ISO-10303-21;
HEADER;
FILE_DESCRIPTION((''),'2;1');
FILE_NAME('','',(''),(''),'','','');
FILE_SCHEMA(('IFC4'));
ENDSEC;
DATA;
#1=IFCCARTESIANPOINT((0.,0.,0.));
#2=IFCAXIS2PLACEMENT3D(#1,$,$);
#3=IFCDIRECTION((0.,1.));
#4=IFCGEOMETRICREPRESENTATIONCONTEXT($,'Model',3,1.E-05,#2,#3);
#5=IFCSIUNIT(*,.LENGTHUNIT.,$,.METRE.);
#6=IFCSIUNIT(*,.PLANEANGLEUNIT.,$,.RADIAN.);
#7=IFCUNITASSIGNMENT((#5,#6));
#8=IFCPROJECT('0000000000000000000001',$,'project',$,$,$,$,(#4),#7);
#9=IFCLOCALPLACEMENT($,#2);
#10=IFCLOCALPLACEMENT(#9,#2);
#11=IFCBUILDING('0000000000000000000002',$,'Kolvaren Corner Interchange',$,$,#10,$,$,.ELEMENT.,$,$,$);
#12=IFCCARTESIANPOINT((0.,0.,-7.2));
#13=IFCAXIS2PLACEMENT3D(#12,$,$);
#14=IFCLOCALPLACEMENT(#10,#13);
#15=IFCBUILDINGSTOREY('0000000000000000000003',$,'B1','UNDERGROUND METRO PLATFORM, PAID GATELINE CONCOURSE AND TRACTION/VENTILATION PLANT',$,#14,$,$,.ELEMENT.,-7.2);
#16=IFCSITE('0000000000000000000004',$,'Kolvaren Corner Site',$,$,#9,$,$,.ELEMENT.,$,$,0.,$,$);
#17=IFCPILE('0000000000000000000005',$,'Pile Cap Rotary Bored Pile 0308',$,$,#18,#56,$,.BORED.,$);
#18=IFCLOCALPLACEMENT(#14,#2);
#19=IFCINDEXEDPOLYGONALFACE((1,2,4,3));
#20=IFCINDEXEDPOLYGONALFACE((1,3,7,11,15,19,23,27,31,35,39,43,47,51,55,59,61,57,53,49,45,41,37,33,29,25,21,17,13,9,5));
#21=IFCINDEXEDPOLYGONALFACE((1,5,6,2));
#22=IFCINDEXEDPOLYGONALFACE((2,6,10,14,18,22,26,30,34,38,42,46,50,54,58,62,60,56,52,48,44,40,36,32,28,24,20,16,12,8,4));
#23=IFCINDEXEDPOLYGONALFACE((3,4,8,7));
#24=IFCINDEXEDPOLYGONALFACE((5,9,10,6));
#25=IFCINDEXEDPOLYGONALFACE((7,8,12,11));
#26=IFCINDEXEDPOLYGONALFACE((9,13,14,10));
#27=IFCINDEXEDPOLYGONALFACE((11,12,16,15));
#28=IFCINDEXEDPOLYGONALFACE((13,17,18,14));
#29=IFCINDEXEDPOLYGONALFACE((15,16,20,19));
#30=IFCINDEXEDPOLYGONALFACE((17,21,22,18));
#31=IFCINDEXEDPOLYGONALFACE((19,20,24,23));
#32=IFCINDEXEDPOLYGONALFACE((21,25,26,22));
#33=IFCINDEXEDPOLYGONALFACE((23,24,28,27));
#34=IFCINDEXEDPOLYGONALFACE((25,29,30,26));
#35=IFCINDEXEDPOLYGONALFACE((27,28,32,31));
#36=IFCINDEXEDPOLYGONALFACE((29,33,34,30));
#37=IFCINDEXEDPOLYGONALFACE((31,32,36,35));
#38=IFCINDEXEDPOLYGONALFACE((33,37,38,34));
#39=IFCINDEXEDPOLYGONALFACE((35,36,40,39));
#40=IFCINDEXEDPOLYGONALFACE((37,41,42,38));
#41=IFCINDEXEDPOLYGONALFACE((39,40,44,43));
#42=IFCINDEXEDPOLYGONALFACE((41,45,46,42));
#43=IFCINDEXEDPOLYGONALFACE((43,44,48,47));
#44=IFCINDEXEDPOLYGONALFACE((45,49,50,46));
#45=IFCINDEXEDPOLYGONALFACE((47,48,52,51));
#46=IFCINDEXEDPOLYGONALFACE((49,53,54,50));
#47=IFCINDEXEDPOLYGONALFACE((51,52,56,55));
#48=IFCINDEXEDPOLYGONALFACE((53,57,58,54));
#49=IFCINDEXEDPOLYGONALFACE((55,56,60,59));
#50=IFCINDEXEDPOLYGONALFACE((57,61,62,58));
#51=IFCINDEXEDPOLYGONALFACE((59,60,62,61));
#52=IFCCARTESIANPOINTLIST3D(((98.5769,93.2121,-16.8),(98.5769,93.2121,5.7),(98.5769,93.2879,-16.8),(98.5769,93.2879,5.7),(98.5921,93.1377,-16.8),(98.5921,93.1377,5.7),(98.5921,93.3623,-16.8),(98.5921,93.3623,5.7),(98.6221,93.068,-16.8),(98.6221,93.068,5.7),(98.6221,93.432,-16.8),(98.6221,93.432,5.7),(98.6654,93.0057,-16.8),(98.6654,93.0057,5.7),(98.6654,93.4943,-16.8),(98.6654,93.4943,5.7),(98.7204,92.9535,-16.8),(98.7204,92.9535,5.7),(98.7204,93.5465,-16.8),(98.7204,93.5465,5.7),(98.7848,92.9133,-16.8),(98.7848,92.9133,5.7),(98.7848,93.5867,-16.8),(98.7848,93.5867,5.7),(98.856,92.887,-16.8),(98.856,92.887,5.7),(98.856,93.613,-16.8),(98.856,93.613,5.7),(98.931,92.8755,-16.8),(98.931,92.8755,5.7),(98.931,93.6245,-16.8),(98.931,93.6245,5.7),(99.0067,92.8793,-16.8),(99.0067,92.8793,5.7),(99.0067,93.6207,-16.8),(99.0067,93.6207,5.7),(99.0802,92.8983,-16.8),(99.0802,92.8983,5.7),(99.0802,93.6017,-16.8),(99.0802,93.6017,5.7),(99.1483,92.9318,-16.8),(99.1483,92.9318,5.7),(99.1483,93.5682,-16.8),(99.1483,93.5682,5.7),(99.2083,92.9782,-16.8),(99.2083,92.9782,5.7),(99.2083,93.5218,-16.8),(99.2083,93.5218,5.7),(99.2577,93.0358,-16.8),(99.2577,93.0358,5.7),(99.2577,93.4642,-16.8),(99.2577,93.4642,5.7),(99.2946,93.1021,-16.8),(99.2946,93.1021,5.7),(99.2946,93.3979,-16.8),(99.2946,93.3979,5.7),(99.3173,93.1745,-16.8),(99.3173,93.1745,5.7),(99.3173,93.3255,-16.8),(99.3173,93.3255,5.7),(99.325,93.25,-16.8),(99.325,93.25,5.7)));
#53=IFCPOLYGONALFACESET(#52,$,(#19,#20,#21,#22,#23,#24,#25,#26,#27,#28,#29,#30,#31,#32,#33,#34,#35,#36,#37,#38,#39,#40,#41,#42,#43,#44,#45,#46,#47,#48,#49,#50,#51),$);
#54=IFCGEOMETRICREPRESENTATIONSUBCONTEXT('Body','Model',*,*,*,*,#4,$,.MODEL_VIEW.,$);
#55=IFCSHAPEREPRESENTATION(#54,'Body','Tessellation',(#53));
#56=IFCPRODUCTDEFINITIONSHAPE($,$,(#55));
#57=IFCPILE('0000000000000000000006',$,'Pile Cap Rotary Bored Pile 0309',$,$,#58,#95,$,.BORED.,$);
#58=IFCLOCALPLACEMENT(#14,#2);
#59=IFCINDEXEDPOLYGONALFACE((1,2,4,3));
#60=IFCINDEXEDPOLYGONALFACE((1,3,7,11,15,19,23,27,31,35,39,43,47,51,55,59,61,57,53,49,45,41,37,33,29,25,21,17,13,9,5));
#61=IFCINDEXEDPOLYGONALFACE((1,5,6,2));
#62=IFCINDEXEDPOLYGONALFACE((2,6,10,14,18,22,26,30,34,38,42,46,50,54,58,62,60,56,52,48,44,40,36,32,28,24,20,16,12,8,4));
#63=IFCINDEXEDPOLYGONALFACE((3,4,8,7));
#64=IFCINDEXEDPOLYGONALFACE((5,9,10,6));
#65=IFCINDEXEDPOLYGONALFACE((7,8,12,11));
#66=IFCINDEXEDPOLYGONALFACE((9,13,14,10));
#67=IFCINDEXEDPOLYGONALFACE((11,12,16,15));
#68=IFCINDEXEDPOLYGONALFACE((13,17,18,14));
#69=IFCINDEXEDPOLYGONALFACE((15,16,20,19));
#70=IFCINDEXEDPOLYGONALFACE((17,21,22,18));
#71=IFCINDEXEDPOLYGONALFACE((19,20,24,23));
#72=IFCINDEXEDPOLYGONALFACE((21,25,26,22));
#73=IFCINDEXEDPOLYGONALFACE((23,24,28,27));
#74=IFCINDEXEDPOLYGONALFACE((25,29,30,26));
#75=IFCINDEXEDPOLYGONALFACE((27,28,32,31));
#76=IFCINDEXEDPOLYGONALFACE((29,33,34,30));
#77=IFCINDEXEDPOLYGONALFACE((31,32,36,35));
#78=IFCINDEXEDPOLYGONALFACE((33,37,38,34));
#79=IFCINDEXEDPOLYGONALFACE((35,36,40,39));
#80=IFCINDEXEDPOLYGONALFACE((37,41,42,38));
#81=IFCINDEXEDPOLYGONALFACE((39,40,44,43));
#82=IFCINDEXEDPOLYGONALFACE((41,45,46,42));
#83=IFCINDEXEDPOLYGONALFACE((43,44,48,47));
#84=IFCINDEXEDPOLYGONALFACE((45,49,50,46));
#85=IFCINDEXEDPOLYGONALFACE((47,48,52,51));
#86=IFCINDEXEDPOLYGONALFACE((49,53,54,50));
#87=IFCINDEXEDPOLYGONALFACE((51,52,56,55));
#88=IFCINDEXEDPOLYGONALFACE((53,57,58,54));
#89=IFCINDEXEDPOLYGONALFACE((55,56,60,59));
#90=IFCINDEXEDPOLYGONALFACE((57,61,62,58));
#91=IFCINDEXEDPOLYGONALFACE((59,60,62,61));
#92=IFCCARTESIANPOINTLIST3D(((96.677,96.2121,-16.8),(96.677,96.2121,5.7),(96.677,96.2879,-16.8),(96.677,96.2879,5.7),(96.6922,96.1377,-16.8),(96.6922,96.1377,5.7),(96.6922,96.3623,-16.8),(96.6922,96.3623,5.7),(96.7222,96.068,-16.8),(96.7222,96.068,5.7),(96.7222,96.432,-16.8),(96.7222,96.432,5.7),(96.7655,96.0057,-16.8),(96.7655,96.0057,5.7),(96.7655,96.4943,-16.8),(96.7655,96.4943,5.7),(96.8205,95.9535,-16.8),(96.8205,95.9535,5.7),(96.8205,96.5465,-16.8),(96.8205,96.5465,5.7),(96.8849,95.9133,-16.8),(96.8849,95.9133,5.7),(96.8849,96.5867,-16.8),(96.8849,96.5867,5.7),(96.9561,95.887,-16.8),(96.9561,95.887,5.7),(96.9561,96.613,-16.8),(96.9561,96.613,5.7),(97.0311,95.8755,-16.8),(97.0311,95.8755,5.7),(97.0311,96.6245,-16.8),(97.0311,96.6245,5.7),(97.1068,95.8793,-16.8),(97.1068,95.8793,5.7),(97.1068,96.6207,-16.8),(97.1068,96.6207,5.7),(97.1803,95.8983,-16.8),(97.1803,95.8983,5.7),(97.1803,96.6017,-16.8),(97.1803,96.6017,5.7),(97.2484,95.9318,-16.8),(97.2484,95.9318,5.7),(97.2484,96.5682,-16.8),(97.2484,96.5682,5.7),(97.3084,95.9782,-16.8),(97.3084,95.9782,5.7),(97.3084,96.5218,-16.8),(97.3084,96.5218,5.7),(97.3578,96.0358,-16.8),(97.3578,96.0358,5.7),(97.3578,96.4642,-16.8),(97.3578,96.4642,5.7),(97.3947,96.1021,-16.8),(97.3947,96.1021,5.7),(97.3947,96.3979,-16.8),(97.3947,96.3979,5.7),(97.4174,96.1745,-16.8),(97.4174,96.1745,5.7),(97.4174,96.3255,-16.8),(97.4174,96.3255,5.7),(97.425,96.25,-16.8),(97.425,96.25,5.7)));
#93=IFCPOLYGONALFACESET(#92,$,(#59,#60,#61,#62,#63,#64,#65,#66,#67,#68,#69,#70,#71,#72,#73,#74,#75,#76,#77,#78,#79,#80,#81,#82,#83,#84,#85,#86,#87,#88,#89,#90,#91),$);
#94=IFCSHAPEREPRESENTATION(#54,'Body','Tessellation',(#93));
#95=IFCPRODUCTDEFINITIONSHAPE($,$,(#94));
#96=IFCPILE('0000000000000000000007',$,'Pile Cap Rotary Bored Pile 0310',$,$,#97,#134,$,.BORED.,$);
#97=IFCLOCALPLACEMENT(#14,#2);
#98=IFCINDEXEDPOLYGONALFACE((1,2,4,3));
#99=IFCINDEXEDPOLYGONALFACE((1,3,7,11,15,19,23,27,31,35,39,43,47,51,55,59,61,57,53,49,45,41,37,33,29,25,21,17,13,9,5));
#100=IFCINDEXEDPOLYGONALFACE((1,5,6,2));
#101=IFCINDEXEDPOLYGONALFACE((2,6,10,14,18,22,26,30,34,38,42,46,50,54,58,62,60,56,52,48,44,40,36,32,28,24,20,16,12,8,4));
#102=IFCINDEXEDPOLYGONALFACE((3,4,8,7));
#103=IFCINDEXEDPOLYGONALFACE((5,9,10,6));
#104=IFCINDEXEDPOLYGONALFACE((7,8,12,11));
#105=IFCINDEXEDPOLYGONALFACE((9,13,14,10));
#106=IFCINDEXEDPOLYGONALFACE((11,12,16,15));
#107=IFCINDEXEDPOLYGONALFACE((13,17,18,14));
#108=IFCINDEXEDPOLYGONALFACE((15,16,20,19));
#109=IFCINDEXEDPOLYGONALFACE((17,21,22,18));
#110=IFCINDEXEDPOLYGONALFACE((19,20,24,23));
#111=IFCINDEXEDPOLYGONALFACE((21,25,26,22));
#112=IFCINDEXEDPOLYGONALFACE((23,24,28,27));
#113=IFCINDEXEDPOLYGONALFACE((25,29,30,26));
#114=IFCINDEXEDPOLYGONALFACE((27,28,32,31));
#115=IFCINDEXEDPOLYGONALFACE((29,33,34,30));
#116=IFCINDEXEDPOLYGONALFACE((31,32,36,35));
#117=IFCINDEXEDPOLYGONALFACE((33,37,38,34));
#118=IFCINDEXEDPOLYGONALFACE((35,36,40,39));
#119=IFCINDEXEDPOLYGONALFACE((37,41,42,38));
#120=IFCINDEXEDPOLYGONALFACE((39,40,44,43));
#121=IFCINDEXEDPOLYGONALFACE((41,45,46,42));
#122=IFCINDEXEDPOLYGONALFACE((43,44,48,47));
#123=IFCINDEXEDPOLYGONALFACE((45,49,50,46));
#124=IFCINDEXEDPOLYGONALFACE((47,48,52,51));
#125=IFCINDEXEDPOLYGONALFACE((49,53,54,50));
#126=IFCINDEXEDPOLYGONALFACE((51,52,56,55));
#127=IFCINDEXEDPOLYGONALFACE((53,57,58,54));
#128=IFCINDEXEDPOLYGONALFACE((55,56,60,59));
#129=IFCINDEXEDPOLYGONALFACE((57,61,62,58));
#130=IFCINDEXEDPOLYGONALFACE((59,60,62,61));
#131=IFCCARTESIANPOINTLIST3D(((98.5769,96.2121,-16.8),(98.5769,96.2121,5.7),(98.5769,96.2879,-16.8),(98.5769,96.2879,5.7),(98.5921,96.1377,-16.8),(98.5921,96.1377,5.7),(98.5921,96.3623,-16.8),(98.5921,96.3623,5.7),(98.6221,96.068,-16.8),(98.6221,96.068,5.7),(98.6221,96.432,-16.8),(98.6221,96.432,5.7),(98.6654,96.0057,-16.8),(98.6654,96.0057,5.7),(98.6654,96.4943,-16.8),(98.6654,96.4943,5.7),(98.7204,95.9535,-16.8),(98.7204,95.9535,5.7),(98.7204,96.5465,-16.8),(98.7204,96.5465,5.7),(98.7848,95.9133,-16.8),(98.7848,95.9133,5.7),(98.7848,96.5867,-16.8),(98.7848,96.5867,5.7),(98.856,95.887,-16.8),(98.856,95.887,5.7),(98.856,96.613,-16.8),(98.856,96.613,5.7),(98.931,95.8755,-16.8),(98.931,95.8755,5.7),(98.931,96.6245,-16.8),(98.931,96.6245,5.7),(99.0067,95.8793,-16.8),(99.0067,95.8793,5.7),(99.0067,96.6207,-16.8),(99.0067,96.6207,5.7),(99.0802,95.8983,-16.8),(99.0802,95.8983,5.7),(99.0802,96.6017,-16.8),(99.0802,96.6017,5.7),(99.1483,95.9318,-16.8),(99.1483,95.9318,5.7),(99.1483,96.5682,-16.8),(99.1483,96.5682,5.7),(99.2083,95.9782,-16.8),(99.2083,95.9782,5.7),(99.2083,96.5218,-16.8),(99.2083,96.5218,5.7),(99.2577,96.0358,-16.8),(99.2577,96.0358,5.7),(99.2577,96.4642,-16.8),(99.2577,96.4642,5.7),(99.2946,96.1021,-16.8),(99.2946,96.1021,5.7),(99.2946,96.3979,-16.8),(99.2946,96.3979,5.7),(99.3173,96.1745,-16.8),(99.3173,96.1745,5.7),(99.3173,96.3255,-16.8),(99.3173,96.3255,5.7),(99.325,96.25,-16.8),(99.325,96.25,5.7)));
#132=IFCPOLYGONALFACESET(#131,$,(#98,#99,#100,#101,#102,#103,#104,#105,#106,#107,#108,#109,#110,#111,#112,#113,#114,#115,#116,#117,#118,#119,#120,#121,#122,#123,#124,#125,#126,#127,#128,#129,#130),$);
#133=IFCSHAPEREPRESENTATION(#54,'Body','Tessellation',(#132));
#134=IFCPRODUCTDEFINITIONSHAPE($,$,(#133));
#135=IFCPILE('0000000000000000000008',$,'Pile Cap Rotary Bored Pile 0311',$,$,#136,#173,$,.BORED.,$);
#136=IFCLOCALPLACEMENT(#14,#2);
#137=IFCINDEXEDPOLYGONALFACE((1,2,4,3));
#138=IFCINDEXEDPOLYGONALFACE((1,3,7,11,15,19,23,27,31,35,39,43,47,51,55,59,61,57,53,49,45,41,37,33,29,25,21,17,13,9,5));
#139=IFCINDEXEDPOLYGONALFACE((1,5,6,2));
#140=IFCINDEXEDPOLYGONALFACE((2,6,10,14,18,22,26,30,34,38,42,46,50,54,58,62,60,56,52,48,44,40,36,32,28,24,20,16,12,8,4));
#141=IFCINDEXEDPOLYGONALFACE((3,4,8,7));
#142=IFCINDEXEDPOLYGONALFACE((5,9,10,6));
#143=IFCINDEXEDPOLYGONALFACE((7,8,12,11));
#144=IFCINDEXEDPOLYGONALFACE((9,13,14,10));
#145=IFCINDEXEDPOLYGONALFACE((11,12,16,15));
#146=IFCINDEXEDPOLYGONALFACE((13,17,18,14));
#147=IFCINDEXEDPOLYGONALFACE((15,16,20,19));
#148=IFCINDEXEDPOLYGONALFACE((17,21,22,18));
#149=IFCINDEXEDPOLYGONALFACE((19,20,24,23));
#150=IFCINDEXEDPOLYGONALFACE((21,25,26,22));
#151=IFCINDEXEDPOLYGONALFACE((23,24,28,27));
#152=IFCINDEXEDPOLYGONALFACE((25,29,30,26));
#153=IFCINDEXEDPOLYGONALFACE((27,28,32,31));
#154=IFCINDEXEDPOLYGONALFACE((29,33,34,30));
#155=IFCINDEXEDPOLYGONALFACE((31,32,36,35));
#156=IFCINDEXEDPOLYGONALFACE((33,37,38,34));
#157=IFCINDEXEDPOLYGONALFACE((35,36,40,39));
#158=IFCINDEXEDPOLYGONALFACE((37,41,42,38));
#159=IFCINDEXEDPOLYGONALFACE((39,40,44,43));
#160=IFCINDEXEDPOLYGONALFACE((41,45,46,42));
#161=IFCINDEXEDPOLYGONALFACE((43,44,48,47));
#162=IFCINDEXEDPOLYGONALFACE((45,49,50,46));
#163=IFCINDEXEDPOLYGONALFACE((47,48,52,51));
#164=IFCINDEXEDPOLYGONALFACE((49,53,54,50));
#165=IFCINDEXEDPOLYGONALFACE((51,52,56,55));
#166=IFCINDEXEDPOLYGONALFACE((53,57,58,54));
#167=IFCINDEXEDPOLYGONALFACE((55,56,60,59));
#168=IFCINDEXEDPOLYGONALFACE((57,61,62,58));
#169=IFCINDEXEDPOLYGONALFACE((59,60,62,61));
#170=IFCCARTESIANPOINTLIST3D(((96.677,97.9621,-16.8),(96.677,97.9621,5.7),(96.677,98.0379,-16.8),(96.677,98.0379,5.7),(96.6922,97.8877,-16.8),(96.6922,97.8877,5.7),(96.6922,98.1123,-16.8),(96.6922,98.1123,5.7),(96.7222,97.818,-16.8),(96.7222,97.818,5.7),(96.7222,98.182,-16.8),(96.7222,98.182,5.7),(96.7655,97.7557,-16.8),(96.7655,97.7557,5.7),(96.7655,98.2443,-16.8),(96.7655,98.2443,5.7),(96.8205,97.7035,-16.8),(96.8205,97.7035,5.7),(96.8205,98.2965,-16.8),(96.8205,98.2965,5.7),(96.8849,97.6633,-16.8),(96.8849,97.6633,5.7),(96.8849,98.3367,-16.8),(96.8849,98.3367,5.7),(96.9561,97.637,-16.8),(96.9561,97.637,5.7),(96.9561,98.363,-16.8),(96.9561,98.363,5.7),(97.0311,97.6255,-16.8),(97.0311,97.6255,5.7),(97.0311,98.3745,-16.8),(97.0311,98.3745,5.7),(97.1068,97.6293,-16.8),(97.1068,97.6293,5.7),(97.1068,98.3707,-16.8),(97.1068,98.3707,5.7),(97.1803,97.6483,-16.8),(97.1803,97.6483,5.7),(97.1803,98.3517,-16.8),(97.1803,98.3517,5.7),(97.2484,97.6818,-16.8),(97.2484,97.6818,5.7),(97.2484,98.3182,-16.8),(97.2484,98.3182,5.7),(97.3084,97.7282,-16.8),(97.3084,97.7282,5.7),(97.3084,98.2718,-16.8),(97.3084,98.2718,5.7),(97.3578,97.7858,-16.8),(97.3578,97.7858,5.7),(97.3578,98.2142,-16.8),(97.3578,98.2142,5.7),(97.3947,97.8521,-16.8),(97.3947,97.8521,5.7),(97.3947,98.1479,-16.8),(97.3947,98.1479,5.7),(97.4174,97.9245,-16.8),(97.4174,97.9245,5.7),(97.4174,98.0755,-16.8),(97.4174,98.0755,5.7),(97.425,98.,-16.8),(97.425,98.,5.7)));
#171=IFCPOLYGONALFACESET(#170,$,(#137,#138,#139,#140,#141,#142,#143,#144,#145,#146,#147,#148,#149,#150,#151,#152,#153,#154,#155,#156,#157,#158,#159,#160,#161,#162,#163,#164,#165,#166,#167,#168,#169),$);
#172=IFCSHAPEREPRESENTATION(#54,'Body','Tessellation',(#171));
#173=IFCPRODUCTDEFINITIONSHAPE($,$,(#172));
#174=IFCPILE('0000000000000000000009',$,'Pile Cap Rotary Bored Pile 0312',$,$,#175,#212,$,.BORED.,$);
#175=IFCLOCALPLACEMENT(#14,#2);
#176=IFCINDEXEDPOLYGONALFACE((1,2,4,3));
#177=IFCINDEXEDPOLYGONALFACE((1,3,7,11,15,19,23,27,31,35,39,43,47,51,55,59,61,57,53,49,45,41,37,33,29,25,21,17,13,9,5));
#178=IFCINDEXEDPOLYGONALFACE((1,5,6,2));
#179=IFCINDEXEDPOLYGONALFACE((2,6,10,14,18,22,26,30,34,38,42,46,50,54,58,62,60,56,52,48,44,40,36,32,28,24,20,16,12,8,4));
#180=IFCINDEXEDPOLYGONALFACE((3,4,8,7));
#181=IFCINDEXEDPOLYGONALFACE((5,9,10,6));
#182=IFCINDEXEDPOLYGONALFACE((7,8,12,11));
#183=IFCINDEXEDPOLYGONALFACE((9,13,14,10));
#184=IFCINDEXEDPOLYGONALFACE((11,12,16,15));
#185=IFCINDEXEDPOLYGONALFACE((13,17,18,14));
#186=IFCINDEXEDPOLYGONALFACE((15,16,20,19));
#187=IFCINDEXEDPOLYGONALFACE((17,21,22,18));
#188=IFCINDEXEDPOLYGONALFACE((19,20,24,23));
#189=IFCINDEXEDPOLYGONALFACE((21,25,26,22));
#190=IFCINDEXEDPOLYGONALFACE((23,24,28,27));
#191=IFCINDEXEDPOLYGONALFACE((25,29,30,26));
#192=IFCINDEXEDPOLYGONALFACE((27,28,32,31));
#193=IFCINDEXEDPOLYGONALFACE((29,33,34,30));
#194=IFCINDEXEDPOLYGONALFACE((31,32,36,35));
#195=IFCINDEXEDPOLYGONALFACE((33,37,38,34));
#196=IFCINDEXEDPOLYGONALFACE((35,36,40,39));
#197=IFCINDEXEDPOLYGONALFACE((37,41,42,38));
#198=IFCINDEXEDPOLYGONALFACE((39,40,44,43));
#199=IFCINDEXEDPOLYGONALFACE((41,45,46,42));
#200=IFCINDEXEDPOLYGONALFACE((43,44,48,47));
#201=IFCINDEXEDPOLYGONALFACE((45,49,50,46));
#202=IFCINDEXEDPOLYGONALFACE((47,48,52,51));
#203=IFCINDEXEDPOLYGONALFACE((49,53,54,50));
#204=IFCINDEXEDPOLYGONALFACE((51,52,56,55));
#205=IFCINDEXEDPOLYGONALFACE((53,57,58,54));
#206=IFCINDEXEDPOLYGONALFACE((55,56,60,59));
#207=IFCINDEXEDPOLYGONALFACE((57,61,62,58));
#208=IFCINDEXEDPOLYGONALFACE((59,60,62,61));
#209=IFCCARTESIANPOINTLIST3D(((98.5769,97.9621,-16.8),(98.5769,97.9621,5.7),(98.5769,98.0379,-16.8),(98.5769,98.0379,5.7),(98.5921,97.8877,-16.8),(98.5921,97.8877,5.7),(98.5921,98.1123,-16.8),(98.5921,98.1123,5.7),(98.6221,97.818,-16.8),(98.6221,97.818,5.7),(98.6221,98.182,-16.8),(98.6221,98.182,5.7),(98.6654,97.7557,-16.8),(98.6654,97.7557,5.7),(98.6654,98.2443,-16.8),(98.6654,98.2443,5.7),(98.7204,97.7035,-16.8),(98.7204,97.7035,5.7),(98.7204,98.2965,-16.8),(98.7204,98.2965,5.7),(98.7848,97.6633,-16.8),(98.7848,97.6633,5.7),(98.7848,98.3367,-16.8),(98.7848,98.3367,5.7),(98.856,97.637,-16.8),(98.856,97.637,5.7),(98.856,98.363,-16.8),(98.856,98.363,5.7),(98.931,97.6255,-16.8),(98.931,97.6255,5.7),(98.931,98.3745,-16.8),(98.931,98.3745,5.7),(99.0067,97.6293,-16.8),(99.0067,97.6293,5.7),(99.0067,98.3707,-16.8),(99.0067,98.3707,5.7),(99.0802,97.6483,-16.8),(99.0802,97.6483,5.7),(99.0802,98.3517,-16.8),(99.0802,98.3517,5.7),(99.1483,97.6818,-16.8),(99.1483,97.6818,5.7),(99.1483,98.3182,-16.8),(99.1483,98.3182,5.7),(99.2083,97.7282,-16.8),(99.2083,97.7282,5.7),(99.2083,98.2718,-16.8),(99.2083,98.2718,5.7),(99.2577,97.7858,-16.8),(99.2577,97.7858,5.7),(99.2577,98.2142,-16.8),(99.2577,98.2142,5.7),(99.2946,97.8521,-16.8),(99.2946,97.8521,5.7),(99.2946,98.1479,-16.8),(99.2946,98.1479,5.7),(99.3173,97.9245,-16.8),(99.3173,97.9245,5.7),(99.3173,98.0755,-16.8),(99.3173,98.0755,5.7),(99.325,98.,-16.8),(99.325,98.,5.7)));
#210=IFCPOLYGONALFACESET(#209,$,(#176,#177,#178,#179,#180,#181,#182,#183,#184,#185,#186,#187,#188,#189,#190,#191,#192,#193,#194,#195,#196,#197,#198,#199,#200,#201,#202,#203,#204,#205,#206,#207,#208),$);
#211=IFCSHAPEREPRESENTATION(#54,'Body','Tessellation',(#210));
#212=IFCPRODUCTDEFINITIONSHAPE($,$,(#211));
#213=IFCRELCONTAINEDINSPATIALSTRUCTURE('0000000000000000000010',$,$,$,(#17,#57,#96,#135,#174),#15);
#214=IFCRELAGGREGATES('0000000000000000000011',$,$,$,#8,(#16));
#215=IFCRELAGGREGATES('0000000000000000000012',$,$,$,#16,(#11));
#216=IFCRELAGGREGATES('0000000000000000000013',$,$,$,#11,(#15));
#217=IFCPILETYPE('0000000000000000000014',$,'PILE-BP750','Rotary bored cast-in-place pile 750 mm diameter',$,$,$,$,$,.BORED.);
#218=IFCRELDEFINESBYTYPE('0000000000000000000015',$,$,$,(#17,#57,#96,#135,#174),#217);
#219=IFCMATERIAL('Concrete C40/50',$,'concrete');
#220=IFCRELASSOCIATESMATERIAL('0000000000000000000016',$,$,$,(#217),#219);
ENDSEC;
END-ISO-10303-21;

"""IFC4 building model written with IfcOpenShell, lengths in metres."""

from ifc_helpers import new_model, si_unit, direction, frame, origin, origin_2d, place, context, subcontext, project, spatial, circle, extrude, material, material_profile, profile_set, type_object, element, save


model = new_model("IFC4")

# Units and contexts
model_context = context("Model", 3, precision=1e-05, world=origin(), true_north=direction((0.0, 1.0)))
body_context = subcontext(model_context, "Body", "Model", "MODEL_VIEW")
ifc_project = project(units=[si_unit("LENGTHUNIT", "METRE"), si_unit("PLANEANGLEUNIT", "RADIAN")], contexts=[model_context])

# Site, building, storey
site_placement = place(None, origin())
site = spatial("IfcSite", under=ifc_project, at=site_placement, Name="Kolvaren Corner Site", CompositionType="ELEMENT", RefElevation=0.0)
building_placement = place(site_placement, origin())
building = spatial("IfcBuilding", under=site, at=building_placement, Name="Kolvaren Corner Interchange", CompositionType="ELEMENT")
storey_placement = place(building_placement, frame((0.0, 0.0, -7.2)))
storey = spatial("IfcBuildingStorey", under=building, at=storey_placement, Name="B1", Description="UNDERGROUND METRO PLATFORM, PAID GATELINE CONCOURSE AND TRACTION/VENTILATION PLANT", CompositionType="ELEMENT", Elevation=-7.2)

# Piles
ifc_material_1 = material(Name="Concrete C40/50", Category="concrete")
ifc_material_profile = material_profile(ifc_material_1, circle(Radius=0.375, at=origin_2d()), Name="BORED PILE 750")
ifc_profile_set = profile_set([ifc_material_profile], Name="Concrete C40/50")
pile_type = type_object("IfcPileType", Name="PILE-BP750", Description="Rotary bored cast-in-place pile 750 mm diameter", PredefinedType="BORED", material=ifc_profile_set)
for number, where, z_axis, x_axis, name in (
    (1, (98.95, 93.25, 5.7), (0.0, 0.0, -1.0), (1.0, 0.0, 0.0), "Pile Cap Rotary Bored Pile 0308"),
    (2, (97.05, 96.25, 5.7), (0.0, 0.0, -1.0), (1.0, 0.0, 0.0), "Pile Cap Rotary Bored Pile 0309"),
    (3, (98.95, 96.25, 5.7), (0.0, 0.0, -1.0), (1.0, 0.0, 0.0), "Pile Cap Rotary Bored Pile 0310"),
    (4, (97.05, 98.0, 5.7), (0.0, 0.0, -1.0), (1.0, 0.0, 0.0), "Pile Cap Rotary Bored Pile 0311"),
    (5, (98.95, 98.0, 5.7), (0.0, 0.0, -1.0), (1.0, 0.0, 0.0), "Pile Cap Rotary Bored Pile 0312"),
):
    element("IfcPile", number, at=place(storey_placement, frame(where, z_axis=z_axis, x_axis=x_axis)), inside=storey, type_object=pile_type, Name=name, PredefinedType="BORED", context=body_context, shape_type="SweptSolid", body=[
        extrude(circle(Radius=0.375, at=origin_2d()), origin(), (0.0, 0.0, 1.0), 22.5),
    ])

save(model, "model.ifc")
